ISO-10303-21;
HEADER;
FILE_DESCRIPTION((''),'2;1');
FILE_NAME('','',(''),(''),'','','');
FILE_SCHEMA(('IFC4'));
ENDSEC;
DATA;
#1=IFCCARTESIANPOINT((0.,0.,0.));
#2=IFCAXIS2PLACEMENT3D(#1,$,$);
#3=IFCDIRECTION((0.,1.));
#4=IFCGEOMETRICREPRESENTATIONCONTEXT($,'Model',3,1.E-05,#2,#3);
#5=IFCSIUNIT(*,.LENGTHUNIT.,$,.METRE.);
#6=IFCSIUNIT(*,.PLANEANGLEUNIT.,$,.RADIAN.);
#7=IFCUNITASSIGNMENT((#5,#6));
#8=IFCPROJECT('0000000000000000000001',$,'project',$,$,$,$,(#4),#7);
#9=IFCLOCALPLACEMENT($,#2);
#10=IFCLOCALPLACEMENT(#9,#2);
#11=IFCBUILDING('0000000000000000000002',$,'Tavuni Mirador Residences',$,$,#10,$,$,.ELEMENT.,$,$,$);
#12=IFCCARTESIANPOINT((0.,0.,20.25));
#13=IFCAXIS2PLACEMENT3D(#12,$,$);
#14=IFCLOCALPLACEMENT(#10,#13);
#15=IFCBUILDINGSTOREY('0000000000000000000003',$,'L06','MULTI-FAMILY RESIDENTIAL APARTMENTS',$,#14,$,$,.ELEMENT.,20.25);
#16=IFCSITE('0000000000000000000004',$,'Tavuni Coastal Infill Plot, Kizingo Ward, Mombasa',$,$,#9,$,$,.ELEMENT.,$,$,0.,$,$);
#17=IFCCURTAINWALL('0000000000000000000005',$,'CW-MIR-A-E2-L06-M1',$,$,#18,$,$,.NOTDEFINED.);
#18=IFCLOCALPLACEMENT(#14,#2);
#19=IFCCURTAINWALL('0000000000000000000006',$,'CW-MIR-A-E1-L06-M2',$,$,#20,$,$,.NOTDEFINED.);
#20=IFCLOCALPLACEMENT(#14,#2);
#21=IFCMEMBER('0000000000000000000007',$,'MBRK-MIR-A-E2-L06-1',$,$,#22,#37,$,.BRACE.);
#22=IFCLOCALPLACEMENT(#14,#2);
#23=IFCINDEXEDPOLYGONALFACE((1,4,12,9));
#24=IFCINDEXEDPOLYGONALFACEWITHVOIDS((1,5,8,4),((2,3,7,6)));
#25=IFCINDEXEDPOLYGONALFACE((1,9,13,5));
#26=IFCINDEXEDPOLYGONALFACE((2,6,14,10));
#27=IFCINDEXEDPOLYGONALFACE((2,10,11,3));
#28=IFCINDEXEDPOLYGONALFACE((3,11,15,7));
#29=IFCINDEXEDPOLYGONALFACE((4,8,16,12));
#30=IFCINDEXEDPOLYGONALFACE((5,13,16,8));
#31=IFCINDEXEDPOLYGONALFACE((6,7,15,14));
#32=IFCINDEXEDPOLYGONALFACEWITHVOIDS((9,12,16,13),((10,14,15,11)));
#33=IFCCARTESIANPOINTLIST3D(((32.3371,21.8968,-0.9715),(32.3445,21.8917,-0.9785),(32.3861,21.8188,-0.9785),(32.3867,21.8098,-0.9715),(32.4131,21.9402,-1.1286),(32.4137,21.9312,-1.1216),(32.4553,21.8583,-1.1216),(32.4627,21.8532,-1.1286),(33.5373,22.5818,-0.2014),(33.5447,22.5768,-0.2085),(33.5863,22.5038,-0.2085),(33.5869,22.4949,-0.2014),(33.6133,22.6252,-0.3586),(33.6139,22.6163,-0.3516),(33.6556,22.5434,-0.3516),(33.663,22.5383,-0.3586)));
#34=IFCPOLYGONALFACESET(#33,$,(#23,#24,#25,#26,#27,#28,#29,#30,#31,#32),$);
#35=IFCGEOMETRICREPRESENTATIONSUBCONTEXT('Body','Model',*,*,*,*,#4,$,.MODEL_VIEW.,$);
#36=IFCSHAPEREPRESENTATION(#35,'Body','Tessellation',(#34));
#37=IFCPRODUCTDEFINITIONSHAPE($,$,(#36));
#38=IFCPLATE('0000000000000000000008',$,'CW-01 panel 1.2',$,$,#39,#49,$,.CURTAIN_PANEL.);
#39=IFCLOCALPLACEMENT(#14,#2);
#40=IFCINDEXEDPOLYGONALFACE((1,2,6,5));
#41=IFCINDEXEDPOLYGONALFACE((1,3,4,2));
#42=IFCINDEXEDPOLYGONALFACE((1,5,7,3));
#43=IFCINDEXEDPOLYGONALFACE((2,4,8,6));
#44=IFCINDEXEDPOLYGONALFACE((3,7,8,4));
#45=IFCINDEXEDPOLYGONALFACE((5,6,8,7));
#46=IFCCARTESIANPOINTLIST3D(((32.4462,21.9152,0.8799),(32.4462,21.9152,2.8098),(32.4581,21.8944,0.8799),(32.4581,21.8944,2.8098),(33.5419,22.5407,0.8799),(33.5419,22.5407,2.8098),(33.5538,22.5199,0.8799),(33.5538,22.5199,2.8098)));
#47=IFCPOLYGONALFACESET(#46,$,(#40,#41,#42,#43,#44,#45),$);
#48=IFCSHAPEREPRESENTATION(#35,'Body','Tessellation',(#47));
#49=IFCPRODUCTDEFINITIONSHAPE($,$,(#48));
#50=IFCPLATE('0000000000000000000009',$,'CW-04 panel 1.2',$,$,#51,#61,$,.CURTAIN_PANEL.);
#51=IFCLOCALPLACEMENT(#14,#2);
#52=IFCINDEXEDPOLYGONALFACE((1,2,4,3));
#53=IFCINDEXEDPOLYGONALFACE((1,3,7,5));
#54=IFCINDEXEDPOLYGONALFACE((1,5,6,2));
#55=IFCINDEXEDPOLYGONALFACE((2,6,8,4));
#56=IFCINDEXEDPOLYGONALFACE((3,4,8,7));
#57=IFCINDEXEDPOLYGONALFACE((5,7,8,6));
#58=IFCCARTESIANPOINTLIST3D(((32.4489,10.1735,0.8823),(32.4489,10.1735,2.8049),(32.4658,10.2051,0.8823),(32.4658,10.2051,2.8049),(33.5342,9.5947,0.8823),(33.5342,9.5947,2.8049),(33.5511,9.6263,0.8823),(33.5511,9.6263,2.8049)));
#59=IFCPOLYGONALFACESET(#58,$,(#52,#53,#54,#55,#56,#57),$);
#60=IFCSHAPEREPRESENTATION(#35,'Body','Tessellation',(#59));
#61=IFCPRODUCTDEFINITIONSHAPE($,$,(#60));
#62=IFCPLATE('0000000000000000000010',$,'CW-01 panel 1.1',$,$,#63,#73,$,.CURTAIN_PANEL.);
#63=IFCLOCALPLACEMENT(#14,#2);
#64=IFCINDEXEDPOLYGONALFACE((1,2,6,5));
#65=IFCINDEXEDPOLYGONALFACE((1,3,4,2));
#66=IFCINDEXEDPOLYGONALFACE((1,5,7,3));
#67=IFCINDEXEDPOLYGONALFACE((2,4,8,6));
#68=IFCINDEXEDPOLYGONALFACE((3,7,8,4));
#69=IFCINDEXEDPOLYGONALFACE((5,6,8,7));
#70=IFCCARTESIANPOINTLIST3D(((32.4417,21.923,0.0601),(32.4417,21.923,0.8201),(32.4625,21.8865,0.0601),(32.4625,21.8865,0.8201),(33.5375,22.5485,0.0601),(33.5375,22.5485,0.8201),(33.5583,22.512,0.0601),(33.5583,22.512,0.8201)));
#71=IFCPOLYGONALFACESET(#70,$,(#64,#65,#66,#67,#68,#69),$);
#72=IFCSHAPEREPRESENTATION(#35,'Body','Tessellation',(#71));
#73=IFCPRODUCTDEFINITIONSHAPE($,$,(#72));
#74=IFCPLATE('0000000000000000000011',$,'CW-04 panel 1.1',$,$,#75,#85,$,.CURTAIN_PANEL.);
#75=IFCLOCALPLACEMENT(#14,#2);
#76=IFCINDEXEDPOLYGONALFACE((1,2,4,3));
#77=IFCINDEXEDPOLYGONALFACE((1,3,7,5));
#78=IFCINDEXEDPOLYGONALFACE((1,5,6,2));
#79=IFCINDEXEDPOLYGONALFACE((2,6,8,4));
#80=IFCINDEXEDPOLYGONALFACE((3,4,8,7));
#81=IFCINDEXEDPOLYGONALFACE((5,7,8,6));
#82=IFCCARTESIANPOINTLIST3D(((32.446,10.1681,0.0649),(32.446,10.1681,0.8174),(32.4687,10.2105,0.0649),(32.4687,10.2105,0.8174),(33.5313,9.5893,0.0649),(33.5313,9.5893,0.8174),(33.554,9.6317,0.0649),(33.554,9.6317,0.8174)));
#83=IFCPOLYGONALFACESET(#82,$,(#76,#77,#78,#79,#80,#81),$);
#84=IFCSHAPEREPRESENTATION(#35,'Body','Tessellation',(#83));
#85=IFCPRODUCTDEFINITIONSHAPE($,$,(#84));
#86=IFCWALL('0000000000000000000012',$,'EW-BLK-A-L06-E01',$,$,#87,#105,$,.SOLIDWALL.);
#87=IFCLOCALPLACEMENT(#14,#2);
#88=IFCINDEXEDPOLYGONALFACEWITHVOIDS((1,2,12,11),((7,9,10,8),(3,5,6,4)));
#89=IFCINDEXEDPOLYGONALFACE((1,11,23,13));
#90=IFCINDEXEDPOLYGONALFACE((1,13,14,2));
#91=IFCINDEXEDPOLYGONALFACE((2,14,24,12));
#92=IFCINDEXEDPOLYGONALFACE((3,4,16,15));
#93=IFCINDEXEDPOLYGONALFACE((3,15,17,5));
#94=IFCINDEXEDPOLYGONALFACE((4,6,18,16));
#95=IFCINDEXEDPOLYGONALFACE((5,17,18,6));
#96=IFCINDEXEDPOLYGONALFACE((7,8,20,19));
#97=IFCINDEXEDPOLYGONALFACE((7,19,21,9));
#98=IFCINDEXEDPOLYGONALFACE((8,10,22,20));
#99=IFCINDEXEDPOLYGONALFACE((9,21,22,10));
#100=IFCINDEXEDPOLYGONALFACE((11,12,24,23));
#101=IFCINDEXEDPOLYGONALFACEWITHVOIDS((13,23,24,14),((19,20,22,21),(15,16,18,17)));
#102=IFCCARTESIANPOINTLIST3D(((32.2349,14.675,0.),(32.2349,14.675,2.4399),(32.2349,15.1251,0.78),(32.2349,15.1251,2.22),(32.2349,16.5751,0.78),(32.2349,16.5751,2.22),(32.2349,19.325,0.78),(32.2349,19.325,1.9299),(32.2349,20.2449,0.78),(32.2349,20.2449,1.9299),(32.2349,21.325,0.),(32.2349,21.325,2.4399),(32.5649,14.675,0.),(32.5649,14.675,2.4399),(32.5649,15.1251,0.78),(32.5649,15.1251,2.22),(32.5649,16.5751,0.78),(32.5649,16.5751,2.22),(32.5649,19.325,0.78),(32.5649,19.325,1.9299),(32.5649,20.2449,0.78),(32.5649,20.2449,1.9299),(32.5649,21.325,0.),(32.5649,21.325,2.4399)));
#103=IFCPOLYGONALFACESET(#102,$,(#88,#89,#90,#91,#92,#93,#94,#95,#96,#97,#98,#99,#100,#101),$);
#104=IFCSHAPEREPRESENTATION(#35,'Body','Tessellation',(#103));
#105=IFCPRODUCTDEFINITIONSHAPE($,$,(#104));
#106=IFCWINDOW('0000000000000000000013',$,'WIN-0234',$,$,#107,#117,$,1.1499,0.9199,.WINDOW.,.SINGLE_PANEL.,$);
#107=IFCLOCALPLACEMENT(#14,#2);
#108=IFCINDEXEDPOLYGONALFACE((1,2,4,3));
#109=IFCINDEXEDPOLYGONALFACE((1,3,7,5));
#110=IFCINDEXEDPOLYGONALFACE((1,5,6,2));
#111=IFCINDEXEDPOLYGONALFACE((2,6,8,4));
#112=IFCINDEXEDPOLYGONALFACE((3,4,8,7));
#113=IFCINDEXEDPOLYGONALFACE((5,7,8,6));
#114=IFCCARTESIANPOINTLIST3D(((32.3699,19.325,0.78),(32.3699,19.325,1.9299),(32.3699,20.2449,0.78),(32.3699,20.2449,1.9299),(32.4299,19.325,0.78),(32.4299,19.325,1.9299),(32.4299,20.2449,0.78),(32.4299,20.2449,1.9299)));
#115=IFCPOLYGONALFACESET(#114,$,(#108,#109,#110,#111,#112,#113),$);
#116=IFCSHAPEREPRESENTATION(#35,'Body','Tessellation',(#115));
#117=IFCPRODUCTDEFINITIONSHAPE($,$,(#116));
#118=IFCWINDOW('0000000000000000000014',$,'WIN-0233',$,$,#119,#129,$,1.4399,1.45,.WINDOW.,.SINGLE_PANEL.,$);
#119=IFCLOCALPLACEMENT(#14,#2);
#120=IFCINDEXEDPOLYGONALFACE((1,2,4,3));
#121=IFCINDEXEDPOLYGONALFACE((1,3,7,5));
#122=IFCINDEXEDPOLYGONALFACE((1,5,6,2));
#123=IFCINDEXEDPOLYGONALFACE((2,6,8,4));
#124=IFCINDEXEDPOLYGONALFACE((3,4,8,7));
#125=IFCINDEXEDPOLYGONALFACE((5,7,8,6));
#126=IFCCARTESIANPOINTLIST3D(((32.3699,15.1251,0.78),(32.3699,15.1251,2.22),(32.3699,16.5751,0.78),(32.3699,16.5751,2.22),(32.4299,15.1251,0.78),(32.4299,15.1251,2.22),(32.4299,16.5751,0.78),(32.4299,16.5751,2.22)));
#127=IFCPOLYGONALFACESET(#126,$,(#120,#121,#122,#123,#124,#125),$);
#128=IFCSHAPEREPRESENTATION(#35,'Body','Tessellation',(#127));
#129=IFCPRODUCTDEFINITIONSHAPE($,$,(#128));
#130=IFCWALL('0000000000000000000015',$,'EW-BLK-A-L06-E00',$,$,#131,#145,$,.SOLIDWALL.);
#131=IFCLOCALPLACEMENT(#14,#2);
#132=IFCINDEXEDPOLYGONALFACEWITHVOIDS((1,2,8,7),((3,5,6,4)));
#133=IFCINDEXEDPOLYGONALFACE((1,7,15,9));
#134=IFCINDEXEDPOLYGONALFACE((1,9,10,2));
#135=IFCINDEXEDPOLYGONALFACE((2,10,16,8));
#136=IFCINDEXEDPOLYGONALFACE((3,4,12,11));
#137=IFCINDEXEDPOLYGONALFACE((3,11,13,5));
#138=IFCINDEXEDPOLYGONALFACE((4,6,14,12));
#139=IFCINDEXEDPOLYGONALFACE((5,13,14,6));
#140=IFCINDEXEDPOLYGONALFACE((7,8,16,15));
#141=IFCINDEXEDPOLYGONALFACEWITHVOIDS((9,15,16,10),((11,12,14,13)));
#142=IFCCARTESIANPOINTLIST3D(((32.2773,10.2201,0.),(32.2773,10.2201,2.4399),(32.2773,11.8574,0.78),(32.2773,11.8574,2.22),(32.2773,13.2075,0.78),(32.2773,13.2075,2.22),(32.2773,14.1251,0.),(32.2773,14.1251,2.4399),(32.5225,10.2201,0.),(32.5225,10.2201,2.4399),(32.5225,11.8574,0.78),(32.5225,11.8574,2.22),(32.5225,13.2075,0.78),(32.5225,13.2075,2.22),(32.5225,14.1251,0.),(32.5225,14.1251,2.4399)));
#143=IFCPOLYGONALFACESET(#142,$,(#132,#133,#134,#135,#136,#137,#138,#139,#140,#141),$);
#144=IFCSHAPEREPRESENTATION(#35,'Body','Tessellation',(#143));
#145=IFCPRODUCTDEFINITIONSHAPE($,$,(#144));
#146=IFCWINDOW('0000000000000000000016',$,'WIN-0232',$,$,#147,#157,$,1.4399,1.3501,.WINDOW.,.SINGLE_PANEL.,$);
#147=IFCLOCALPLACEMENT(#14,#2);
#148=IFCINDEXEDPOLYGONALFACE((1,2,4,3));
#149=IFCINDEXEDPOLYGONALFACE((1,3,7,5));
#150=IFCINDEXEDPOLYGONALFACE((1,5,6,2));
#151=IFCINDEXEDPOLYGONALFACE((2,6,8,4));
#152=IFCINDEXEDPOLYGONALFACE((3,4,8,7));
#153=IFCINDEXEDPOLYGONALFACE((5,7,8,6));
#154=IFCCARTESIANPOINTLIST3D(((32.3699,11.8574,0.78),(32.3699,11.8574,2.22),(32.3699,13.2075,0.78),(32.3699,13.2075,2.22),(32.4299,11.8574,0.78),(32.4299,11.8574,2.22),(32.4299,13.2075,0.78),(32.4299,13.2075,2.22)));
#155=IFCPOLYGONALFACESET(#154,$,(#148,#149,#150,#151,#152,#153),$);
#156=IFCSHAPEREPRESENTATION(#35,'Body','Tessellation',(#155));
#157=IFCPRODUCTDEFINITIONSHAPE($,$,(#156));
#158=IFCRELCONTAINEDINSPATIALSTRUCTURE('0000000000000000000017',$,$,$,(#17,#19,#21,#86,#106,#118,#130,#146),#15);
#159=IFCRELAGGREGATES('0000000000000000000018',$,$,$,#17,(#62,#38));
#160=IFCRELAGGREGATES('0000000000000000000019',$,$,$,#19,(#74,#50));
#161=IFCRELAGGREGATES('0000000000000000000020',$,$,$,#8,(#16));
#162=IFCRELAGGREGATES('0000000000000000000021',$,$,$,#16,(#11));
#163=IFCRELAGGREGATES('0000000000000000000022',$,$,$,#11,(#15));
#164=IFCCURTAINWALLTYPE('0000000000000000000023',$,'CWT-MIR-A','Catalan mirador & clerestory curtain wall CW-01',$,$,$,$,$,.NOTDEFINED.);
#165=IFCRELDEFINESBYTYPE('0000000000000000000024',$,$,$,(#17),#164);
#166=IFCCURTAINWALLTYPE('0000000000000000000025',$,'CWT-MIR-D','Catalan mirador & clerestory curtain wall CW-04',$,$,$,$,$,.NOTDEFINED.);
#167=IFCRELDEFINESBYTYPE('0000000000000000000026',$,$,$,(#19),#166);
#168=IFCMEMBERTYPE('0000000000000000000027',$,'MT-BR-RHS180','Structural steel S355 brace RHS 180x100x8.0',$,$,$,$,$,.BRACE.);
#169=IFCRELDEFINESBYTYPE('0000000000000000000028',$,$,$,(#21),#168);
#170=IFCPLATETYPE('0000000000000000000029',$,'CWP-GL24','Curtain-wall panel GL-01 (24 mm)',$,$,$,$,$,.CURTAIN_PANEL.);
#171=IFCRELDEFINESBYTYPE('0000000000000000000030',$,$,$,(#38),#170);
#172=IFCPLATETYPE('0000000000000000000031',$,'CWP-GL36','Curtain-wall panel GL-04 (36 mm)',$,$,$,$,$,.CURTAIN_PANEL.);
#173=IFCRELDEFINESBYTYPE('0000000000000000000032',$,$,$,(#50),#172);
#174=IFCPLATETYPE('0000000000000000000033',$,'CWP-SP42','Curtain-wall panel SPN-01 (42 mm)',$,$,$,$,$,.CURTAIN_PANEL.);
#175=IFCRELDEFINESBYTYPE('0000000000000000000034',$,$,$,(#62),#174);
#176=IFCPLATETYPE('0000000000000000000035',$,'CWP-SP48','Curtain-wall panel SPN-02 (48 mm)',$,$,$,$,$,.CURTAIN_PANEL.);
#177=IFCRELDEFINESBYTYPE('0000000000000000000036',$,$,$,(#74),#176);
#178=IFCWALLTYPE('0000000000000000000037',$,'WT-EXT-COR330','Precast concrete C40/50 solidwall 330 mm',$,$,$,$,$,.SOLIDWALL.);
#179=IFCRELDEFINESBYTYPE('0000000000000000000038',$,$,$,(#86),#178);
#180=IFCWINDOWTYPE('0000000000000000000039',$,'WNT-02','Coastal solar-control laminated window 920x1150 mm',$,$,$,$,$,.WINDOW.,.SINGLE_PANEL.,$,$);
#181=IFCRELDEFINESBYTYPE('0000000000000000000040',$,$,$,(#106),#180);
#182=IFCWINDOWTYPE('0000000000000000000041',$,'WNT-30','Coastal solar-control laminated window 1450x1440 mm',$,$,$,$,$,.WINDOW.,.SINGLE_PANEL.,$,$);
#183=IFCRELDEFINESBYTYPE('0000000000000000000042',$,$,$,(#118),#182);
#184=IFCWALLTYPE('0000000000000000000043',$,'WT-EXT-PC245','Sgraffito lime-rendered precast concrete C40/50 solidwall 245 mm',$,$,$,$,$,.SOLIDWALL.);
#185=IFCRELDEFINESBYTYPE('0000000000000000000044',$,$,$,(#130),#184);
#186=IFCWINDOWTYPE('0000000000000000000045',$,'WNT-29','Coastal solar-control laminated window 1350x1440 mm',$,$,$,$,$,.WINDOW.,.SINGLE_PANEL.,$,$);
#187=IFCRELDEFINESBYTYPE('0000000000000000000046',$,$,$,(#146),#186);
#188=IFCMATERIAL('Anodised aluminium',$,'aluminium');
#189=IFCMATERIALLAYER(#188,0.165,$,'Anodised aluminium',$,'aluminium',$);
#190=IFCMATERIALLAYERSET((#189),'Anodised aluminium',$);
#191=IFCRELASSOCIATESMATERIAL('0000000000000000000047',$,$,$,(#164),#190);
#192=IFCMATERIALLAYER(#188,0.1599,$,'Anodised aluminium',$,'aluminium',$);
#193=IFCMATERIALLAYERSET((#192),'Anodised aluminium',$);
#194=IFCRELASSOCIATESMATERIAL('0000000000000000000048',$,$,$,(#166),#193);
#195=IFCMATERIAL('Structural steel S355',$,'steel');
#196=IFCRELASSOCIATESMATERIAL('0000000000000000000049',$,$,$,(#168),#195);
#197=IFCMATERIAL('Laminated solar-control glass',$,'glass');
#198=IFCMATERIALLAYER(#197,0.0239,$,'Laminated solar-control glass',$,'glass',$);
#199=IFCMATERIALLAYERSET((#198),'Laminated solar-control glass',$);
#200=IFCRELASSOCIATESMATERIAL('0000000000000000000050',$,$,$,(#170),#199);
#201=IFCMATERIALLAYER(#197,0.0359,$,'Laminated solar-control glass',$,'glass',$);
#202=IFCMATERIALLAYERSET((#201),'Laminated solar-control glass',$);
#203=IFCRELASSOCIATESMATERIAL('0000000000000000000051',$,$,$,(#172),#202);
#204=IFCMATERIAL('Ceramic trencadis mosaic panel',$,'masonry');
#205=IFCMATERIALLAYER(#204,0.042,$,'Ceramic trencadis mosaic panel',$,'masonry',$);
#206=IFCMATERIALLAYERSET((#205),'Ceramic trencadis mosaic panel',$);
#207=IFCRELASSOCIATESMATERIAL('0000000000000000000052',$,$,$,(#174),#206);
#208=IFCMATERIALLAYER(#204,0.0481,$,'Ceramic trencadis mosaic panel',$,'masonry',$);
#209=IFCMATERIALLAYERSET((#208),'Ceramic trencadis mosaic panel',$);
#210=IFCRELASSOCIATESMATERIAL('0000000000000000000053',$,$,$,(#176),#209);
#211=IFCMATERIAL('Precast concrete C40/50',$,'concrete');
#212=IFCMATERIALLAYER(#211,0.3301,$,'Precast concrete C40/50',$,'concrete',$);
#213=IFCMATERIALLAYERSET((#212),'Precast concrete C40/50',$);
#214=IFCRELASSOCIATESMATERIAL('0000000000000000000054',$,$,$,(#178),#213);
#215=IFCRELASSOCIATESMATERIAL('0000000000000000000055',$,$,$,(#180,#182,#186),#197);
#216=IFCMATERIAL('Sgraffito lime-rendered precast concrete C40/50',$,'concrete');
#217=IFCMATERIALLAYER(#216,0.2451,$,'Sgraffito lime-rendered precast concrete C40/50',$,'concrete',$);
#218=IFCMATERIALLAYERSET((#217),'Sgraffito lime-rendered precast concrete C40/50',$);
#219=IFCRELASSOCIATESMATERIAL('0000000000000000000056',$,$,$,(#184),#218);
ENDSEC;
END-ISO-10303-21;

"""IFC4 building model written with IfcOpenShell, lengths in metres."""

from ifc_helpers import new_model, si_unit, direction, frame, frame_2d, origin, origin_2d, place, context, subcontext, project, spatial, rectangle, hollow_rectangle, extrude, material, layer, layer_set, material_profile, profile_set, type_object, element, fill, aggregate, save


model = new_model("IFC4")

# Units and contexts
model_context = context("Model", 3, precision=1e-05, world=origin(), true_north=direction((0.0, 1.0)))
body_context = subcontext(model_context, "Body", "Model", "MODEL_VIEW")
ifc_project = project(units=[si_unit("LENGTHUNIT", "METRE"), si_unit("PLANEANGLEUNIT", "RADIAN")], contexts=[model_context])

# Site, building, storey
site_placement = place(None, origin())
site = spatial("IfcSite", under=ifc_project, at=site_placement, Name="Tavuni Coastal Infill Plot, Kizingo Ward, Mombasa", CompositionType="ELEMENT", RefElevation=0.0)
building_placement = place(site_placement, origin())
building = spatial("IfcBuilding", under=site, at=building_placement, Name="Tavuni Mirador Residences", CompositionType="ELEMENT")
storey_placement = place(building_placement, frame((0.0, 0.0, 20.25)))
storey = spatial("IfcBuildingStorey", under=building, at=storey_placement, Name="L06", Description="MULTI-FAMILY RESIDENTIAL APARTMENTS", CompositionType="ELEMENT", Elevation=20.25)

# Shared definitions
ifc_material_1 = material(Name="Precast concrete C40/50", Category="concrete")

# Curtain walls
ifc_material_2 = material(Name="Anodised aluminium", Category="aluminium")
ifc_layer_1 = layer(ifc_material_2, 0.165, Name="Anodised aluminium", Category="aluminium")
ifc_layer_set_1 = layer_set([ifc_layer_1], Name="Anodised aluminium")
curtain_wall_type_1 = type_object("IfcCurtainWallType", Name="CWT-MIR-A", Description="Catalan mirador & clerestory curtain wall CW-01", PredefinedType="NOTDEFINED", material=ifc_layer_set_1)
curtain_wall_1_placement = place(storey_placement, origin())
curtain_wall_1 = element("IfcCurtainWall", 1, at=curtain_wall_1_placement, inside=storey, type_object=curtain_wall_type_1, Name="CW-MIR-A-E2-L06-M1", PredefinedType="NOTDEFINED")
ifc_layer_2 = layer(ifc_material_2, 0.1599, Name="Anodised aluminium", Category="aluminium")
ifc_layer_set_2 = layer_set([ifc_layer_2], Name="Anodised aluminium")
curtain_wall_type_2 = type_object("IfcCurtainWallType", Name="CWT-MIR-D", Description="Catalan mirador & clerestory curtain wall CW-04", PredefinedType="NOTDEFINED", material=ifc_layer_set_2)
curtain_wall_2_placement = place(storey_placement, origin())
curtain_wall_2 = element("IfcCurtainWall", 2, at=curtain_wall_2_placement, inside=storey, type_object=curtain_wall_type_2, Name="CW-MIR-A-E1-L06-M2", PredefinedType="NOTDEFINED")

# Member
ifc_material_3 = material(Name="Structural steel S355", Category="steel")
ifc_material_profile_1 = material_profile(ifc_material_3, hollow_rectangle(XDim=0.1001, YDim=0.1799, WallThickness=0.0081, at=origin_2d()), Name="RHS 180x100x8.0", Category="steel")
ifc_profile_set_1 = profile_set([ifc_material_profile_1], Name="Structural steel S355")
member_type_1 = type_object("IfcMemberType", Name="MT-BR-RHS180", Description="Structural steel S355 brace RHS 180x100x8.0", PredefinedType="BRACE", material=ifc_profile_set_1)
member_1_placement = place(storey_placement, frame((32.3999, 21.875, -1.05), z_axis=(0.75866, 0.433035, 0.48674), x_axis=(-0.49572, 0.868482, 0.0)))
element("IfcMember", 3, at=member_1_placement, inside=storey, type_object=member_type_1, Name="MBRK-MIR-A-E2-L06-1", PredefinedType="BRACE", context=body_context, shape_type="SweptSolid", body=[
    extrude(hollow_rectangle(XDim=0.1001, YDim=0.1799, WallThickness=0.0081, at=origin_2d()), origin(), (0.0, 0.0, 1.0), 1.582),
])

# Plates
ifc_material_4 = material(Name="Laminated solar-control glass", Category="glass")
ifc_layer_3 = layer(ifc_material_4, 0.0239, Name="Laminated solar-control glass", Category="glass")
ifc_layer_set_3 = layer_set([ifc_layer_3], Name="Laminated solar-control glass")
plate_type_1 = type_object("IfcPlateType", Name="CWP-GL24", Description="Curtain-wall panel GL-01 (24 mm)", PredefinedType="CURTAIN_PANEL", material=ifc_layer_set_3)
plate_1_placement = place(storey_placement, frame((33.0, 22.2175, 0.8799), z_axis=(0.0, 0.0, 1.0), x_axis=(0.868466, 0.495749, 0.0)))
plate_1 = element("IfcPlate", 4, at=plate_1_placement, type_object=plate_type_1, Name="CW-01 panel 1.2", PredefinedType="CURTAIN_PANEL", context=body_context, shape_type="SweptSolid", body=[
    extrude(rectangle(XDim=1.2617, YDim=0.0239, at=origin_2d()), origin(), (0.0, 0.0, 1.0), 1.9299),
])
ifc_layer_4 = layer(ifc_material_4, 0.0359, Name="Laminated solar-control glass", Category="glass")
ifc_layer_set_4 = layer_set([ifc_layer_4], Name="Laminated solar-control glass")
plate_type_2 = type_object("IfcPlateType", Name="CWP-GL36", Description="Curtain-wall panel GL-04 (36 mm)", PredefinedType="CURTAIN_PANEL", material=ifc_layer_set_4)
plate_2_placement = place(storey_placement, frame((33.0, 9.8999, 0.8823), z_axis=(0.0, 0.0, 1.0), x_axis=(-0.882353, 0.470588, 0.0)))
plate_2 = element("IfcPlate", 5, at=plate_2_placement, type_object=plate_type_2, Name="CW-04 panel 1.2", PredefinedType="CURTAIN_PANEL", context=body_context, shape_type="SweptSolid", body=[
    extrude(rectangle(XDim=1.23, YDim=0.0359, at=origin_2d()), origin(), (0.0, 0.0, 1.0), 1.9226),
])
ifc_material_5 = material(Name="Ceramic trencadis mosaic panel", Category="masonry")
ifc_layer_5 = layer(ifc_material_5, 0.042, Name="Ceramic trencadis mosaic panel", Category="masonry")
ifc_layer_set_5 = layer_set([ifc_layer_5], Name="Ceramic trencadis mosaic panel")
plate_type_3 = type_object("IfcPlateType", Name="CWP-SP42", Description="Curtain-wall panel SPN-01 (42 mm)", PredefinedType="CURTAIN_PANEL", material=ifc_layer_set_5)
plate_3_placement = place(storey_placement, frame((33.0, 22.2175, 0.0601), z_axis=(0.0, 0.0, 1.0), x_axis=(0.868466, 0.495749, 0.0)))
plate_3 = element("IfcPlate", 6, at=plate_3_placement, type_object=plate_type_3, Name="CW-01 panel 1.1", PredefinedType="CURTAIN_PANEL", context=body_context, shape_type="SweptSolid", body=[
    extrude(rectangle(XDim=1.2617, YDim=0.042, at=origin_2d()), origin(), (0.0, 0.0, 1.0), 0.76),
])
aggregate(curtain_wall_1, [plate_3, plate_1])
ifc_layer_6 = layer(ifc_material_5, 0.0481, Name="Ceramic trencadis mosaic panel", Category="masonry")
ifc_layer_set_6 = layer_set([ifc_layer_6], Name="Ceramic trencadis mosaic panel")
plate_type_4 = type_object("IfcPlateType", Name="CWP-SP48", Description="Curtain-wall panel SPN-02 (48 mm)", PredefinedType="CURTAIN_PANEL", material=ifc_layer_set_6)
plate_4_placement = place(storey_placement, frame((33.0, 9.8999, 0.0649), z_axis=(0.0, 0.0, 1.0), x_axis=(-0.882353, 0.470588, 0.0)))
plate_4 = element("IfcPlate", 7, at=plate_4_placement, type_object=plate_type_4, Name="CW-04 panel 1.1", PredefinedType="CURTAIN_PANEL", context=body_context, shape_type="SweptSolid", body=[
    extrude(rectangle(XDim=1.23, YDim=0.0481, at=origin_2d()), origin(), (0.0, 0.0, 1.0), 0.7524),
])
aggregate(curtain_wall_2, [plate_4, plate_2])

# Wall, openings, windows
ifc_layer_7 = layer(ifc_material_1, 0.3301, Name="Precast concrete C40/50", Category="concrete")
ifc_layer_set_7 = layer_set([ifc_layer_7], Name="Precast concrete C40/50")
wall_type_1 = type_object("IfcWallType", Name="WT-EXT-COR330", Description="Precast concrete C40/50 solidwall 330 mm", PredefinedType="SOLIDWALL", material=ifc_layer_set_7)
wall_1_placement = place(storey_placement, frame((32.3999, 14.675, 0.0), z_axis=(0.0, 0.0, 1.0), x_axis=(0.0, 1.0, 0.0)))
wall_1 = element("IfcWall", 8, at=wall_1_placement, inside=storey, type_object=wall_type_1, Name="EW-BLK-A-L06-E01", PredefinedType="SOLIDWALL", context=body_context, shape_type="SweptSolid", body=[
    extrude(rectangle(XDim=6.6499, YDim=0.3301, at=frame_2d((3.325, 0.0))), origin(), (0.0, 0.0, 1.0), 2.4399),
])
opening_1_placement = place(wall_1_placement, frame((0.45, 0.0, 0.78)))
opening_1 = element("IfcOpeningElement", 9, at=opening_1_placement, cuts=wall_1, PredefinedType="OPENING", context=body_context, shape_type="SweptSolid", body=[
    extrude(rectangle(XDim=1.45, YDim=1.4399, at=frame_2d((0.7251, 0.72))), frame((0.0, 0.175, 0.0), z_axis=(0.0, -1.0, 0.0), x_axis=(1.0, 0.0, 0.0)), (0.0, 0.0, 1.0), 0.3501),
])
opening_2_placement = place(wall_1_placement, frame((4.6499, 0.0, 0.78)))
opening_2 = element("IfcOpeningElement", 10, at=opening_2_placement, cuts=wall_1, PredefinedType="OPENING", context=body_context, shape_type="SweptSolid", body=[
    extrude(rectangle(XDim=0.9199, YDim=1.1499, at=frame_2d((0.46, 0.575))), frame((0.0, 0.175, 0.0), z_axis=(0.0, -1.0, 0.0), x_axis=(1.0, 0.0, 0.0)), (0.0, 0.0, 1.0), 0.3501),
])
window_type_1 = type_object("IfcWindowType", Name="WNT-02", Description="Coastal solar-control laminated window 920x1150 mm", PartitioningType="SINGLE_PANEL", PredefinedType="WINDOW", material=ifc_material_4)
window_1_placement = place(opening_2_placement, origin())
window_1 = element("IfcWindow", 11, at=window_1_placement, inside=storey, type_object=window_type_1, Name="WIN-0234", OverallHeight=1.1499, OverallWidth=0.9199, PartitioningType="SINGLE_PANEL", PredefinedType="WINDOW", context=body_context, shape_type="SweptSolid", body=[
    extrude(rectangle(XDim=0.9199, YDim=1.1499, at=frame_2d((0.46, 0.575))), frame((0.0, 0.03, 0.0), z_axis=(0.0, -1.0, 0.0), x_axis=(1.0, 0.0, 0.0)), (0.0, 0.0, 1.0), 0.0601),
])
fill(opening_2, window_1)
window_type_2 = type_object("IfcWindowType", Name="WNT-30", Description="Coastal solar-control laminated window 1450x1440 mm", PartitioningType="SINGLE_PANEL", PredefinedType="WINDOW", material=ifc_material_4)
window_2_placement = place(opening_1_placement, origin())
window_2 = element("IfcWindow", 12, at=window_2_placement, inside=storey, type_object=window_type_2, Name="WIN-0233", OverallHeight=1.4399, OverallWidth=1.45, PartitioningType="SINGLE_PANEL", PredefinedType="WINDOW", context=body_context, shape_type="SweptSolid", body=[
    extrude(rectangle(XDim=1.45, YDim=1.4399, at=frame_2d((0.7251, 0.72))), frame((0.0, 0.03, 0.0), z_axis=(0.0, -1.0, 0.0), x_axis=(1.0, 0.0, 0.0)), (0.0, 0.0, 1.0), 0.0601),
])
fill(opening_1, window_2)

# Wall, opening, window
ifc_material_6 = material(Name="Sgraffito lime-rendered precast concrete C40/50", Category="concrete")
ifc_layer_8 = layer(ifc_material_6, 0.2451, Name="Sgraffito lime-rendered precast concrete C40/50", Category="concrete")
ifc_layer_set_8 = layer_set([ifc_layer_8], Name="Sgraffito lime-rendered precast concrete C40/50")
wall_type_2 = type_object("IfcWallType", Name="WT-EXT-PC245", Description="Sgraffito lime-rendered precast concrete C40/50 solidwall 245 mm", PredefinedType="SOLIDWALL", material=ifc_layer_set_8)
wall_2_placement = place(storey_placement, frame((32.3999, 10.22, 0.0), z_axis=(0.0, 0.0, 1.0), x_axis=(0.0, 1.0, 0.0)))
wall_2 = element("IfcWall", 13, at=wall_2_placement, inside=storey, type_object=wall_type_2, Name="EW-BLK-A-L06-E00", PredefinedType="SOLIDWALL", context=body_context, shape_type="SweptSolid", body=[
    extrude(rectangle(XDim=3.905, YDim=0.2451, at=frame_2d((1.9526, 0.0))), origin(), (0.0, 0.0, 1.0), 2.4399),
])
opening_3_placement = place(wall_2_placement, frame((1.6375, 0.0, 0.78)))
opening_3 = element("IfcOpeningElement", 14, at=opening_3_placement, cuts=wall_2, PredefinedType="OPENING", context=body_context, shape_type="SweptSolid", body=[
    extrude(rectangle(XDim=1.3501, YDim=1.4399, at=frame_2d((0.675, 0.72))), frame((0.0, 0.1326, 0.0), z_axis=(0.0, -1.0, 0.0), x_axis=(1.0, 0.0, 0.0)), (0.0, 0.0, 1.0), 0.2651),
])
window_type_3 = type_object("IfcWindowType", Name="WNT-29", Description="Coastal solar-control laminated window 1350x1440 mm", PartitioningType="SINGLE_PANEL", PredefinedType="WINDOW", material=ifc_material_4)
window_3_placement = place(opening_3_placement, origin())
window_3 = element("IfcWindow", 15, at=window_3_placement, inside=storey, type_object=window_type_3, Name="WIN-0232", OverallHeight=1.4399, OverallWidth=1.3501, PartitioningType="SINGLE_PANEL", PredefinedType="WINDOW", context=body_context, shape_type="SweptSolid", body=[
    extrude(rectangle(XDim=1.3501, YDim=1.4399, at=frame_2d((0.675, 0.72))), frame((0.0, 0.03, 0.0), z_axis=(0.0, -1.0, 0.0), x_axis=(1.0, 0.0, 0.0)), (0.0, 0.0, 1.0), 0.0601),
])
fill(opening_3, window_3)

save(model, "model.ifc")
